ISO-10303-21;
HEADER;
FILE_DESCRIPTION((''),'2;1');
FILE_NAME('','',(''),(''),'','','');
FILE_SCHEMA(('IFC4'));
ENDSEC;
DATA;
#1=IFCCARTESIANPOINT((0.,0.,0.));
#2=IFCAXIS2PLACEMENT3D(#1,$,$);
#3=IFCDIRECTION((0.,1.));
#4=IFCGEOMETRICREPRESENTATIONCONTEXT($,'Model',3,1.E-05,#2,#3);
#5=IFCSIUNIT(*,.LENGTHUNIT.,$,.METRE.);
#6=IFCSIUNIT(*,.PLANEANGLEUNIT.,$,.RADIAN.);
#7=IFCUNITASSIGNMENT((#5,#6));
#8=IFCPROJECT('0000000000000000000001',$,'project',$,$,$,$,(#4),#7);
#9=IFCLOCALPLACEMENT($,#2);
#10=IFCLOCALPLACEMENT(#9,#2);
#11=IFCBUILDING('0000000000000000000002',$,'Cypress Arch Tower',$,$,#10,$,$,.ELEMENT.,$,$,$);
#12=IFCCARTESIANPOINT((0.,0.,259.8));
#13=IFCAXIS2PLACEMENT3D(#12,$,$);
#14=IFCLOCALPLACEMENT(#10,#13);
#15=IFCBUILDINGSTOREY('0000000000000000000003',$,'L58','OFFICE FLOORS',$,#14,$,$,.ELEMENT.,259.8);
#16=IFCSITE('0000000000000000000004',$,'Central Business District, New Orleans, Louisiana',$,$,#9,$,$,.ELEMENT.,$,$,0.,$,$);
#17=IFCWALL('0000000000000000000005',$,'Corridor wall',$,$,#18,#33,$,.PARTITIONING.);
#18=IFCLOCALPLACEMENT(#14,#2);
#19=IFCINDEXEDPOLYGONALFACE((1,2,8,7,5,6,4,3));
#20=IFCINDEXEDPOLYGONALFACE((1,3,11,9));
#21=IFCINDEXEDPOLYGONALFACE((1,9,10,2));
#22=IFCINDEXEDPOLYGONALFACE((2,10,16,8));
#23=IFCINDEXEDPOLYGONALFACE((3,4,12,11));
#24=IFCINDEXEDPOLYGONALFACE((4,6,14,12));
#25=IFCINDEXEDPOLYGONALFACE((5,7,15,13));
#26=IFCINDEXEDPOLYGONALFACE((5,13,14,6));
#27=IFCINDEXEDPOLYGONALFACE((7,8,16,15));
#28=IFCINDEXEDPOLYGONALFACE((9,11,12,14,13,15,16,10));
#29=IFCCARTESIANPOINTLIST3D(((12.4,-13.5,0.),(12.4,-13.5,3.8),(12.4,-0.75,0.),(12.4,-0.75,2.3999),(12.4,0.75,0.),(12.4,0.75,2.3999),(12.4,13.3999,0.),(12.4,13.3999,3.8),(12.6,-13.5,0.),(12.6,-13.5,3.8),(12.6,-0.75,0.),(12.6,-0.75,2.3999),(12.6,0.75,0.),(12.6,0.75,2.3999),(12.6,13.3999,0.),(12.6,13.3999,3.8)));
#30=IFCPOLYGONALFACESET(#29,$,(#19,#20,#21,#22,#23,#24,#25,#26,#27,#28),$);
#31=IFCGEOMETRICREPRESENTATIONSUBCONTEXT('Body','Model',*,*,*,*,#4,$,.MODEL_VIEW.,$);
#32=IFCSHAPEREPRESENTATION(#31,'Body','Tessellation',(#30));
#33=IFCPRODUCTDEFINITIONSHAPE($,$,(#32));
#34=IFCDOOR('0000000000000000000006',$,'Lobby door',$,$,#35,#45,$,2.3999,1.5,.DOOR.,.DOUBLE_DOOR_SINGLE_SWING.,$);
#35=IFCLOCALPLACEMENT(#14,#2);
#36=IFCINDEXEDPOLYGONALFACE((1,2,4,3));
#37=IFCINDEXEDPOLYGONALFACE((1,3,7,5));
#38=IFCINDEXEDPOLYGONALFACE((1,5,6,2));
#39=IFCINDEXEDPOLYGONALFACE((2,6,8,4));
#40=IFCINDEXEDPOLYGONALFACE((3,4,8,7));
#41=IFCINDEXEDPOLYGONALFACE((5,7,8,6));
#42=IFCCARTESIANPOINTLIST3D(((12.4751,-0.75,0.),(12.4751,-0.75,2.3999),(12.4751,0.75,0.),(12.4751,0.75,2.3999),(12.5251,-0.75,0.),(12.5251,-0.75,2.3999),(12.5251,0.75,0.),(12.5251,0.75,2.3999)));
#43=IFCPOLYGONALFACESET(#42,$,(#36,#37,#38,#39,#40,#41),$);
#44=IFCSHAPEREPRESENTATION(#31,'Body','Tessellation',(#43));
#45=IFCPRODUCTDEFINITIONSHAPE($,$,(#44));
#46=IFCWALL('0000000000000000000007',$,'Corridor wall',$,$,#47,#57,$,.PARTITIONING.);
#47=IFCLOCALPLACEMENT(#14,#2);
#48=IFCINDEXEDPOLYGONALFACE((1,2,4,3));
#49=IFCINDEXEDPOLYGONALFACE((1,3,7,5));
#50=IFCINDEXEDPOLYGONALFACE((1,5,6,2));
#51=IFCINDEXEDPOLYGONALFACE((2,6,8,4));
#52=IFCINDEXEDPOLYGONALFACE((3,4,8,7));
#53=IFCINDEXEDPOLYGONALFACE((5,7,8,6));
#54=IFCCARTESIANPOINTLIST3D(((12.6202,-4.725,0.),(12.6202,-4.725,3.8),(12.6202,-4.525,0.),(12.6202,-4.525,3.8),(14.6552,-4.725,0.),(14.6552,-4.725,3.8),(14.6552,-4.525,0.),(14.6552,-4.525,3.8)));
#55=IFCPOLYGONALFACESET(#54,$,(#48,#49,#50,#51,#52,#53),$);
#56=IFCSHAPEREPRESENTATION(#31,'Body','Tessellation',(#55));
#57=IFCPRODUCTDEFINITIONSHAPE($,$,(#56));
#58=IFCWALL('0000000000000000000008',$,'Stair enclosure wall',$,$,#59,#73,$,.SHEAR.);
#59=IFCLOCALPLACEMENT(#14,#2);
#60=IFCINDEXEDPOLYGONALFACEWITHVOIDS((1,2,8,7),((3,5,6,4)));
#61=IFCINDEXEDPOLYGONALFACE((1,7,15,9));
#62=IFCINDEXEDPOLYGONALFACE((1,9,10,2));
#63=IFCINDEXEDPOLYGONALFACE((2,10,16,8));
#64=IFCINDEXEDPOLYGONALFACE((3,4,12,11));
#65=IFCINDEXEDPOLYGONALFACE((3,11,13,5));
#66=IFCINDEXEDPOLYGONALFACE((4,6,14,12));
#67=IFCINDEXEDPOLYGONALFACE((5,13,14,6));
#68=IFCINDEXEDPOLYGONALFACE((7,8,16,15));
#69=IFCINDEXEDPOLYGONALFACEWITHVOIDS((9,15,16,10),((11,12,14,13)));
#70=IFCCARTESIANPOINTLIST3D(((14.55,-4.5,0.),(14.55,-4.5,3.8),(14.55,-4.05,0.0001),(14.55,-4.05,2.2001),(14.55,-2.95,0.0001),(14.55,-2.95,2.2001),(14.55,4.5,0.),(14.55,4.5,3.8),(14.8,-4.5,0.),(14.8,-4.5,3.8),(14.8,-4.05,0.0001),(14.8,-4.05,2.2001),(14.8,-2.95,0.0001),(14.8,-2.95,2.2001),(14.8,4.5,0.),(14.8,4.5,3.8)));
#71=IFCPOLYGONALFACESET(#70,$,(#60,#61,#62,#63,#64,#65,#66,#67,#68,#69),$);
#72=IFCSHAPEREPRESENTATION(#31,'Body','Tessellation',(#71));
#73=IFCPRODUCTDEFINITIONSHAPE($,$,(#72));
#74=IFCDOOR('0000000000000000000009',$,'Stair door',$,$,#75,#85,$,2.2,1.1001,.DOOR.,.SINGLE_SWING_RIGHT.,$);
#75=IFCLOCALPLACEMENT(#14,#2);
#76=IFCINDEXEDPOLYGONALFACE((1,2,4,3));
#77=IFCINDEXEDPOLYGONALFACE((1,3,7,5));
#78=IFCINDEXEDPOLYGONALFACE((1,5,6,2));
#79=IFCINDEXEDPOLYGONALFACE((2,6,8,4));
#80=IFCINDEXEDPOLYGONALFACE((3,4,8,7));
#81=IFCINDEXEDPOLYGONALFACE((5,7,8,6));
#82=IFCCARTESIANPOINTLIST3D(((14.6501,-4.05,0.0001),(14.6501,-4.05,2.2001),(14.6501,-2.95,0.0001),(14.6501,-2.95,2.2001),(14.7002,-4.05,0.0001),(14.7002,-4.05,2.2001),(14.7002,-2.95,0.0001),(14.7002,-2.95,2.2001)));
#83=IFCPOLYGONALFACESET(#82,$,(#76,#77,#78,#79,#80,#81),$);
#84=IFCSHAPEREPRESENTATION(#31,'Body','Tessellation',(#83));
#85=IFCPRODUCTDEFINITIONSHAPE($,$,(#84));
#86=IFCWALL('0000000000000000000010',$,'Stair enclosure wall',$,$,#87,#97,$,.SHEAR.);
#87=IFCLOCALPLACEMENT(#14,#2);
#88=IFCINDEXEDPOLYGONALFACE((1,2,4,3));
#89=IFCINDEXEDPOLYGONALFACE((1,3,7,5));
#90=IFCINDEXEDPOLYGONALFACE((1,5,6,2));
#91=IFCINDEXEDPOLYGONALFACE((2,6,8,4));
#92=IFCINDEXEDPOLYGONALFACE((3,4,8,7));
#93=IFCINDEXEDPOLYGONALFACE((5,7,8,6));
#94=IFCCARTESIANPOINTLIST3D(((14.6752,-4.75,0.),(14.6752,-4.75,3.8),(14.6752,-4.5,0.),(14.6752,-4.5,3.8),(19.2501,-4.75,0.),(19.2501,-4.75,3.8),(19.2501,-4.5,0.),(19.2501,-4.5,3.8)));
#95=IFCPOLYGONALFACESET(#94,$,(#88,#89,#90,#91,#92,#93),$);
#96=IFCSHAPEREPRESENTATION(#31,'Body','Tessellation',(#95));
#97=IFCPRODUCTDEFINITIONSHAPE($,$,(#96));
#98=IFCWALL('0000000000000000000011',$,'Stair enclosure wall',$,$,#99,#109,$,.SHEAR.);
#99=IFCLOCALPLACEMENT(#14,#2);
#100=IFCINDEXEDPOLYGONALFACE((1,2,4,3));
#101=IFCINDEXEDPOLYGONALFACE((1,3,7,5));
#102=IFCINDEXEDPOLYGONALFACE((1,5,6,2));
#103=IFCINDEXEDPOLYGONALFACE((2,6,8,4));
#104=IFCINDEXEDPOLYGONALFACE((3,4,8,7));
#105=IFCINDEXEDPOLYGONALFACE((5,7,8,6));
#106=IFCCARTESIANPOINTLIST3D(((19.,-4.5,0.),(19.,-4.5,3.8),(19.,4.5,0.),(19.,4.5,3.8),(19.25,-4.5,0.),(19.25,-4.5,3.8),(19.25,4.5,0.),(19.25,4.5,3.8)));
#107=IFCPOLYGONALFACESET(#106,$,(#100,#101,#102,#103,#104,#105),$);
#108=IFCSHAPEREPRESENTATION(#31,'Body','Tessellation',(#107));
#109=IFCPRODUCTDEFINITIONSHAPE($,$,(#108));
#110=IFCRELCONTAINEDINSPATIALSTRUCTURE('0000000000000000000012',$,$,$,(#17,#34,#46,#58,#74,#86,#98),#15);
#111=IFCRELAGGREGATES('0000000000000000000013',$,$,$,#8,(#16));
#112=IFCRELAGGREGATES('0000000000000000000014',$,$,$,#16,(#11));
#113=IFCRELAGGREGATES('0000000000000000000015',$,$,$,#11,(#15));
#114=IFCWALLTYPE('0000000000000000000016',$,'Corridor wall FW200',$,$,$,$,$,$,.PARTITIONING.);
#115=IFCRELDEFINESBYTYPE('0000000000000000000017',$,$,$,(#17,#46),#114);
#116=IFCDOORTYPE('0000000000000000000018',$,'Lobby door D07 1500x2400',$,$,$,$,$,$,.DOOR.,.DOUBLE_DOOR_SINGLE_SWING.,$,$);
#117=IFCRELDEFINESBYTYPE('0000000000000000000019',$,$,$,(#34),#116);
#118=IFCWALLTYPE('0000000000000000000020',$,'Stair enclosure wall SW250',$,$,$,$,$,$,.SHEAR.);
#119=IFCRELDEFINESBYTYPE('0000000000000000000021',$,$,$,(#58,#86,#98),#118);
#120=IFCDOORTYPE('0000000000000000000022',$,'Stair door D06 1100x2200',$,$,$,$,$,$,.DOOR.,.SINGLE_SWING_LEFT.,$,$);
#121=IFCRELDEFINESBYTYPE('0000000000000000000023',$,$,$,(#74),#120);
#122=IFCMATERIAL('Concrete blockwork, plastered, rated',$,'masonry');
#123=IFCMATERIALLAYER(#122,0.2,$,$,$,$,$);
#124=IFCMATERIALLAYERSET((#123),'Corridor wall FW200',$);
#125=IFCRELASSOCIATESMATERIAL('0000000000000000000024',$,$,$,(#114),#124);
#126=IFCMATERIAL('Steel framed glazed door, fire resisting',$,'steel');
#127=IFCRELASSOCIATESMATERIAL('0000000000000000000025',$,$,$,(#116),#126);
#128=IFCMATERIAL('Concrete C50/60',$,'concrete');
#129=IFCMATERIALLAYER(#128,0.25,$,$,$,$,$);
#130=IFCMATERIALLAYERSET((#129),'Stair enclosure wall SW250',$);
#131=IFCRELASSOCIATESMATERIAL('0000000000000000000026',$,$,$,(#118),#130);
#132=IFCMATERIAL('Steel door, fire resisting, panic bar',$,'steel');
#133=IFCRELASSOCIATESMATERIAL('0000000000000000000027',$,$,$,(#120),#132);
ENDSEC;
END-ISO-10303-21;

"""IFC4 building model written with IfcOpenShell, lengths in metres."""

from ifc_helpers import new_model, si_unit, direction, frame, frame_2d, origin, place, context, subcontext, project, spatial, rectangle, extrude, material, layer, layer_set, type_object, element, fill, save


model = new_model("IFC4")

# Units and contexts
model_context = context("Model", 3, precision=1e-05, world=origin(), true_north=direction((0.0, 1.0)))
body_context = subcontext(model_context, "Body", "Model", "MODEL_VIEW")
ifc_project = project(units=[si_unit("LENGTHUNIT", "METRE"), si_unit("PLANEANGLEUNIT", "RADIAN")], contexts=[model_context])

# Site, building, storey
site_placement = place(None, origin())
site = spatial("IfcSite", under=ifc_project, at=site_placement, Name="Central Business District, New Orleans, Louisiana", CompositionType="ELEMENT", RefElevation=0.0)
building_placement = place(site_placement, origin())
building = spatial("IfcBuilding", under=site, at=building_placement, Name="Cypress Arch Tower", CompositionType="ELEMENT")
storey_placement = place(building_placement, frame((0.0, 0.0, 259.8)))
storey = spatial("IfcBuildingStorey", under=building, at=storey_placement, Name="L58", Description="OFFICE FLOORS", CompositionType="ELEMENT", Elevation=259.8)

# Wall, opening, door
ifc_material_1 = material(Name="Concrete blockwork, plastered, rated", Category="masonry")
ifc_layer_1 = layer(ifc_material_1, 0.2)
ifc_layer_set_1 = layer_set([ifc_layer_1], Name="Corridor wall FW200")
wall_type_1 = type_object("IfcWallType", Name="Corridor wall FW200", PredefinedType="PARTITIONING", material=ifc_layer_set_1)
wall_1_placement = place(storey_placement, frame((12.5, -13.5, 0.0), z_axis=(0.0, 0.0, 1.0), x_axis=(0.0, 1.0, 0.0)))
wall_1 = element("IfcWall", 1, at=wall_1_placement, inside=storey, type_object=wall_type_1, Name="Corridor wall", PredefinedType="PARTITIONING", context=body_context, shape_type="SweptSolid", body=[
    extrude(rectangle(XDim=26.8999, YDim=0.2, at=frame_2d((13.45, 0.0))), origin(), (0.0, 0.0, 1.0), 3.8),
])
opening_1_placement = place(wall_1_placement, frame((12.75, 0.0, 0.0)))
opening_1 = element("IfcOpeningElement", 2, at=opening_1_placement, cuts=wall_1, PredefinedType="OPENING", context=body_context, shape_type="SweptSolid", body=[
    extrude(rectangle(XDim=1.5, YDim=2.3999, at=frame_2d((0.75, 1.2))), frame((0.0, 0.1099, 0.0), z_axis=(0.0, -1.0, 0.0), x_axis=(1.0, 0.0, 0.0)), (0.0, 0.0, 1.0), 0.22),
])
ifc_material_2 = material(Name="Steel framed glazed door, fire resisting", Category="steel")
door_type_1 = type_object("IfcDoorType", Name="Lobby door D07 1500x2400", OperationType="DOUBLE_DOOR_SINGLE_SWING", PredefinedType="DOOR", material=ifc_material_2)
door_1_placement = place(opening_1_placement, origin())
door_1 = element("IfcDoor", 3, at=door_1_placement, inside=storey, type_object=door_type_1, Name="Lobby door", OperationType="DOUBLE_DOOR_SINGLE_SWING", OverallHeight=2.3999, OverallWidth=1.5, PredefinedType="DOOR", context=body_context, shape_type="SweptSolid", body=[
    extrude(rectangle(XDim=1.5, YDim=2.3999, at=frame_2d((0.75, 1.2))), frame((0.0, 0.0249, 0.0), z_axis=(0.0, -1.0, 0.0), x_axis=(1.0, 0.0, 0.0)), (0.0, 0.0, 1.0), 0.05),
])
fill(opening_1, door_1)

# Wall
wall_2_placement = place(storey_placement, frame((12.6201, -4.625, 0.0), z_axis=(0.0, 0.0, 1.0), x_axis=(1.0, 0.0, 0.0)))
element("IfcWall", 4, at=wall_2_placement, inside=storey, type_object=wall_type_1, Name="Corridor wall", PredefinedType="PARTITIONING", context=body_context, shape_type="SweptSolid", body=[
    extrude(rectangle(XDim=2.0349, YDim=0.2, at=frame_2d((1.0176, 0.0))), origin(), (0.0, 0.0, 1.0), 3.8),
])

# Wall, opening, door
ifc_material_3 = material(Name="Concrete C50/60", Category="concrete")
ifc_layer_2 = layer(ifc_material_3, 0.25)
ifc_layer_set_2 = layer_set([ifc_layer_2], Name="Stair enclosure wall SW250")
wall_type_2 = type_object("IfcWallType", Name="Stair enclosure wall SW250", PredefinedType="SHEAR", material=ifc_layer_set_2)
wall_3_placement = place(storey_placement, frame((14.675, -4.5, 0.0), z_axis=(0.0, 0.0, 1.0), x_axis=(0.0, 1.0, 0.0)))
wall_3 = element("IfcWall", 5, at=wall_3_placement, inside=storey, type_object=wall_type_2, Name="Stair enclosure wall", PredefinedType="SHEAR", context=body_context, shape_type="SweptSolid", body=[
    extrude(rectangle(XDim=9.0, YDim=0.25, at=frame_2d((4.5, 0.0))), origin(), (0.0, 0.0, 1.0), 3.8),
])
opening_2_placement = place(wall_3_placement, frame((0.45, 0.0, 0.0)))
opening_2 = element("IfcOpeningElement", 6, at=opening_2_placement, cuts=wall_3, PredefinedType="OPENING", context=body_context, shape_type="SweptSolid", body=[
    extrude(rectangle(XDim=1.1001, YDim=2.2, at=frame_2d((0.55, 1.1001))), frame((0.0, 0.135, 0.0), z_axis=(0.0, -1.0, 0.0), x_axis=(1.0, 0.0, 0.0)), (0.0, 0.0, 1.0), 0.27),
])
ifc_material_4 = material(Name="Steel door, fire resisting, panic bar", Category="steel")
door_type_2 = type_object("IfcDoorType", Name="Stair door D06 1100x2200", OperationType="SINGLE_SWING_LEFT", PredefinedType="DOOR", material=ifc_material_4)
door_2_placement = place(opening_2_placement, origin())
door_2 = element("IfcDoor", 7, at=door_2_placement, inside=storey, type_object=door_type_2, Name="Stair door", OperationType="SINGLE_SWING_RIGHT", OverallHeight=2.2, OverallWidth=1.1001, PredefinedType="DOOR", context=body_context, shape_type="SweptSolid", body=[
    extrude(rectangle(XDim=1.1001, YDim=2.2, at=frame_2d((0.55, 1.1001))), frame((0.0, 0.0249, 0.0), z_axis=(0.0, -1.0, 0.0), x_axis=(1.0, 0.0, 0.0)), (0.0, 0.0, 1.0), 0.05),
])
fill(opening_2, door_2)

# Walls
wall_4_placement = place(storey_placement, frame((14.675, -4.625, 0.0), z_axis=(0.0, 0.0, 1.0), x_axis=(1.0, 0.0, 0.0)))
element("IfcWall", 8, at=wall_4_placement, inside=storey, type_object=wall_type_2, Name="Stair enclosure wall", PredefinedType="SHEAR", context=body_context, shape_type="SweptSolid", body=[
    extrude(rectangle(XDim=4.575, YDim=0.25, at=frame_2d((2.2876, 0.0))), origin(), (0.0, 0.0, 1.0), 3.8),
])
wall_5_placement = place(storey_placement, frame((19.125, -4.5, 0.0), z_axis=(0.0, 0.0, 1.0), x_axis=(0.0, 1.0, 0.0)))
element("IfcWall", 9, at=wall_5_placement, inside=storey, type_object=wall_type_2, Name="Stair enclosure wall", PredefinedType="SHEAR", context=body_context, shape_type="SweptSolid", body=[
    extrude(rectangle(XDim=9.0, YDim=0.25, at=frame_2d((4.5, 0.0))), origin(), (0.0, 0.0, 1.0), 3.8),
])

save(model, "model.ifc")
